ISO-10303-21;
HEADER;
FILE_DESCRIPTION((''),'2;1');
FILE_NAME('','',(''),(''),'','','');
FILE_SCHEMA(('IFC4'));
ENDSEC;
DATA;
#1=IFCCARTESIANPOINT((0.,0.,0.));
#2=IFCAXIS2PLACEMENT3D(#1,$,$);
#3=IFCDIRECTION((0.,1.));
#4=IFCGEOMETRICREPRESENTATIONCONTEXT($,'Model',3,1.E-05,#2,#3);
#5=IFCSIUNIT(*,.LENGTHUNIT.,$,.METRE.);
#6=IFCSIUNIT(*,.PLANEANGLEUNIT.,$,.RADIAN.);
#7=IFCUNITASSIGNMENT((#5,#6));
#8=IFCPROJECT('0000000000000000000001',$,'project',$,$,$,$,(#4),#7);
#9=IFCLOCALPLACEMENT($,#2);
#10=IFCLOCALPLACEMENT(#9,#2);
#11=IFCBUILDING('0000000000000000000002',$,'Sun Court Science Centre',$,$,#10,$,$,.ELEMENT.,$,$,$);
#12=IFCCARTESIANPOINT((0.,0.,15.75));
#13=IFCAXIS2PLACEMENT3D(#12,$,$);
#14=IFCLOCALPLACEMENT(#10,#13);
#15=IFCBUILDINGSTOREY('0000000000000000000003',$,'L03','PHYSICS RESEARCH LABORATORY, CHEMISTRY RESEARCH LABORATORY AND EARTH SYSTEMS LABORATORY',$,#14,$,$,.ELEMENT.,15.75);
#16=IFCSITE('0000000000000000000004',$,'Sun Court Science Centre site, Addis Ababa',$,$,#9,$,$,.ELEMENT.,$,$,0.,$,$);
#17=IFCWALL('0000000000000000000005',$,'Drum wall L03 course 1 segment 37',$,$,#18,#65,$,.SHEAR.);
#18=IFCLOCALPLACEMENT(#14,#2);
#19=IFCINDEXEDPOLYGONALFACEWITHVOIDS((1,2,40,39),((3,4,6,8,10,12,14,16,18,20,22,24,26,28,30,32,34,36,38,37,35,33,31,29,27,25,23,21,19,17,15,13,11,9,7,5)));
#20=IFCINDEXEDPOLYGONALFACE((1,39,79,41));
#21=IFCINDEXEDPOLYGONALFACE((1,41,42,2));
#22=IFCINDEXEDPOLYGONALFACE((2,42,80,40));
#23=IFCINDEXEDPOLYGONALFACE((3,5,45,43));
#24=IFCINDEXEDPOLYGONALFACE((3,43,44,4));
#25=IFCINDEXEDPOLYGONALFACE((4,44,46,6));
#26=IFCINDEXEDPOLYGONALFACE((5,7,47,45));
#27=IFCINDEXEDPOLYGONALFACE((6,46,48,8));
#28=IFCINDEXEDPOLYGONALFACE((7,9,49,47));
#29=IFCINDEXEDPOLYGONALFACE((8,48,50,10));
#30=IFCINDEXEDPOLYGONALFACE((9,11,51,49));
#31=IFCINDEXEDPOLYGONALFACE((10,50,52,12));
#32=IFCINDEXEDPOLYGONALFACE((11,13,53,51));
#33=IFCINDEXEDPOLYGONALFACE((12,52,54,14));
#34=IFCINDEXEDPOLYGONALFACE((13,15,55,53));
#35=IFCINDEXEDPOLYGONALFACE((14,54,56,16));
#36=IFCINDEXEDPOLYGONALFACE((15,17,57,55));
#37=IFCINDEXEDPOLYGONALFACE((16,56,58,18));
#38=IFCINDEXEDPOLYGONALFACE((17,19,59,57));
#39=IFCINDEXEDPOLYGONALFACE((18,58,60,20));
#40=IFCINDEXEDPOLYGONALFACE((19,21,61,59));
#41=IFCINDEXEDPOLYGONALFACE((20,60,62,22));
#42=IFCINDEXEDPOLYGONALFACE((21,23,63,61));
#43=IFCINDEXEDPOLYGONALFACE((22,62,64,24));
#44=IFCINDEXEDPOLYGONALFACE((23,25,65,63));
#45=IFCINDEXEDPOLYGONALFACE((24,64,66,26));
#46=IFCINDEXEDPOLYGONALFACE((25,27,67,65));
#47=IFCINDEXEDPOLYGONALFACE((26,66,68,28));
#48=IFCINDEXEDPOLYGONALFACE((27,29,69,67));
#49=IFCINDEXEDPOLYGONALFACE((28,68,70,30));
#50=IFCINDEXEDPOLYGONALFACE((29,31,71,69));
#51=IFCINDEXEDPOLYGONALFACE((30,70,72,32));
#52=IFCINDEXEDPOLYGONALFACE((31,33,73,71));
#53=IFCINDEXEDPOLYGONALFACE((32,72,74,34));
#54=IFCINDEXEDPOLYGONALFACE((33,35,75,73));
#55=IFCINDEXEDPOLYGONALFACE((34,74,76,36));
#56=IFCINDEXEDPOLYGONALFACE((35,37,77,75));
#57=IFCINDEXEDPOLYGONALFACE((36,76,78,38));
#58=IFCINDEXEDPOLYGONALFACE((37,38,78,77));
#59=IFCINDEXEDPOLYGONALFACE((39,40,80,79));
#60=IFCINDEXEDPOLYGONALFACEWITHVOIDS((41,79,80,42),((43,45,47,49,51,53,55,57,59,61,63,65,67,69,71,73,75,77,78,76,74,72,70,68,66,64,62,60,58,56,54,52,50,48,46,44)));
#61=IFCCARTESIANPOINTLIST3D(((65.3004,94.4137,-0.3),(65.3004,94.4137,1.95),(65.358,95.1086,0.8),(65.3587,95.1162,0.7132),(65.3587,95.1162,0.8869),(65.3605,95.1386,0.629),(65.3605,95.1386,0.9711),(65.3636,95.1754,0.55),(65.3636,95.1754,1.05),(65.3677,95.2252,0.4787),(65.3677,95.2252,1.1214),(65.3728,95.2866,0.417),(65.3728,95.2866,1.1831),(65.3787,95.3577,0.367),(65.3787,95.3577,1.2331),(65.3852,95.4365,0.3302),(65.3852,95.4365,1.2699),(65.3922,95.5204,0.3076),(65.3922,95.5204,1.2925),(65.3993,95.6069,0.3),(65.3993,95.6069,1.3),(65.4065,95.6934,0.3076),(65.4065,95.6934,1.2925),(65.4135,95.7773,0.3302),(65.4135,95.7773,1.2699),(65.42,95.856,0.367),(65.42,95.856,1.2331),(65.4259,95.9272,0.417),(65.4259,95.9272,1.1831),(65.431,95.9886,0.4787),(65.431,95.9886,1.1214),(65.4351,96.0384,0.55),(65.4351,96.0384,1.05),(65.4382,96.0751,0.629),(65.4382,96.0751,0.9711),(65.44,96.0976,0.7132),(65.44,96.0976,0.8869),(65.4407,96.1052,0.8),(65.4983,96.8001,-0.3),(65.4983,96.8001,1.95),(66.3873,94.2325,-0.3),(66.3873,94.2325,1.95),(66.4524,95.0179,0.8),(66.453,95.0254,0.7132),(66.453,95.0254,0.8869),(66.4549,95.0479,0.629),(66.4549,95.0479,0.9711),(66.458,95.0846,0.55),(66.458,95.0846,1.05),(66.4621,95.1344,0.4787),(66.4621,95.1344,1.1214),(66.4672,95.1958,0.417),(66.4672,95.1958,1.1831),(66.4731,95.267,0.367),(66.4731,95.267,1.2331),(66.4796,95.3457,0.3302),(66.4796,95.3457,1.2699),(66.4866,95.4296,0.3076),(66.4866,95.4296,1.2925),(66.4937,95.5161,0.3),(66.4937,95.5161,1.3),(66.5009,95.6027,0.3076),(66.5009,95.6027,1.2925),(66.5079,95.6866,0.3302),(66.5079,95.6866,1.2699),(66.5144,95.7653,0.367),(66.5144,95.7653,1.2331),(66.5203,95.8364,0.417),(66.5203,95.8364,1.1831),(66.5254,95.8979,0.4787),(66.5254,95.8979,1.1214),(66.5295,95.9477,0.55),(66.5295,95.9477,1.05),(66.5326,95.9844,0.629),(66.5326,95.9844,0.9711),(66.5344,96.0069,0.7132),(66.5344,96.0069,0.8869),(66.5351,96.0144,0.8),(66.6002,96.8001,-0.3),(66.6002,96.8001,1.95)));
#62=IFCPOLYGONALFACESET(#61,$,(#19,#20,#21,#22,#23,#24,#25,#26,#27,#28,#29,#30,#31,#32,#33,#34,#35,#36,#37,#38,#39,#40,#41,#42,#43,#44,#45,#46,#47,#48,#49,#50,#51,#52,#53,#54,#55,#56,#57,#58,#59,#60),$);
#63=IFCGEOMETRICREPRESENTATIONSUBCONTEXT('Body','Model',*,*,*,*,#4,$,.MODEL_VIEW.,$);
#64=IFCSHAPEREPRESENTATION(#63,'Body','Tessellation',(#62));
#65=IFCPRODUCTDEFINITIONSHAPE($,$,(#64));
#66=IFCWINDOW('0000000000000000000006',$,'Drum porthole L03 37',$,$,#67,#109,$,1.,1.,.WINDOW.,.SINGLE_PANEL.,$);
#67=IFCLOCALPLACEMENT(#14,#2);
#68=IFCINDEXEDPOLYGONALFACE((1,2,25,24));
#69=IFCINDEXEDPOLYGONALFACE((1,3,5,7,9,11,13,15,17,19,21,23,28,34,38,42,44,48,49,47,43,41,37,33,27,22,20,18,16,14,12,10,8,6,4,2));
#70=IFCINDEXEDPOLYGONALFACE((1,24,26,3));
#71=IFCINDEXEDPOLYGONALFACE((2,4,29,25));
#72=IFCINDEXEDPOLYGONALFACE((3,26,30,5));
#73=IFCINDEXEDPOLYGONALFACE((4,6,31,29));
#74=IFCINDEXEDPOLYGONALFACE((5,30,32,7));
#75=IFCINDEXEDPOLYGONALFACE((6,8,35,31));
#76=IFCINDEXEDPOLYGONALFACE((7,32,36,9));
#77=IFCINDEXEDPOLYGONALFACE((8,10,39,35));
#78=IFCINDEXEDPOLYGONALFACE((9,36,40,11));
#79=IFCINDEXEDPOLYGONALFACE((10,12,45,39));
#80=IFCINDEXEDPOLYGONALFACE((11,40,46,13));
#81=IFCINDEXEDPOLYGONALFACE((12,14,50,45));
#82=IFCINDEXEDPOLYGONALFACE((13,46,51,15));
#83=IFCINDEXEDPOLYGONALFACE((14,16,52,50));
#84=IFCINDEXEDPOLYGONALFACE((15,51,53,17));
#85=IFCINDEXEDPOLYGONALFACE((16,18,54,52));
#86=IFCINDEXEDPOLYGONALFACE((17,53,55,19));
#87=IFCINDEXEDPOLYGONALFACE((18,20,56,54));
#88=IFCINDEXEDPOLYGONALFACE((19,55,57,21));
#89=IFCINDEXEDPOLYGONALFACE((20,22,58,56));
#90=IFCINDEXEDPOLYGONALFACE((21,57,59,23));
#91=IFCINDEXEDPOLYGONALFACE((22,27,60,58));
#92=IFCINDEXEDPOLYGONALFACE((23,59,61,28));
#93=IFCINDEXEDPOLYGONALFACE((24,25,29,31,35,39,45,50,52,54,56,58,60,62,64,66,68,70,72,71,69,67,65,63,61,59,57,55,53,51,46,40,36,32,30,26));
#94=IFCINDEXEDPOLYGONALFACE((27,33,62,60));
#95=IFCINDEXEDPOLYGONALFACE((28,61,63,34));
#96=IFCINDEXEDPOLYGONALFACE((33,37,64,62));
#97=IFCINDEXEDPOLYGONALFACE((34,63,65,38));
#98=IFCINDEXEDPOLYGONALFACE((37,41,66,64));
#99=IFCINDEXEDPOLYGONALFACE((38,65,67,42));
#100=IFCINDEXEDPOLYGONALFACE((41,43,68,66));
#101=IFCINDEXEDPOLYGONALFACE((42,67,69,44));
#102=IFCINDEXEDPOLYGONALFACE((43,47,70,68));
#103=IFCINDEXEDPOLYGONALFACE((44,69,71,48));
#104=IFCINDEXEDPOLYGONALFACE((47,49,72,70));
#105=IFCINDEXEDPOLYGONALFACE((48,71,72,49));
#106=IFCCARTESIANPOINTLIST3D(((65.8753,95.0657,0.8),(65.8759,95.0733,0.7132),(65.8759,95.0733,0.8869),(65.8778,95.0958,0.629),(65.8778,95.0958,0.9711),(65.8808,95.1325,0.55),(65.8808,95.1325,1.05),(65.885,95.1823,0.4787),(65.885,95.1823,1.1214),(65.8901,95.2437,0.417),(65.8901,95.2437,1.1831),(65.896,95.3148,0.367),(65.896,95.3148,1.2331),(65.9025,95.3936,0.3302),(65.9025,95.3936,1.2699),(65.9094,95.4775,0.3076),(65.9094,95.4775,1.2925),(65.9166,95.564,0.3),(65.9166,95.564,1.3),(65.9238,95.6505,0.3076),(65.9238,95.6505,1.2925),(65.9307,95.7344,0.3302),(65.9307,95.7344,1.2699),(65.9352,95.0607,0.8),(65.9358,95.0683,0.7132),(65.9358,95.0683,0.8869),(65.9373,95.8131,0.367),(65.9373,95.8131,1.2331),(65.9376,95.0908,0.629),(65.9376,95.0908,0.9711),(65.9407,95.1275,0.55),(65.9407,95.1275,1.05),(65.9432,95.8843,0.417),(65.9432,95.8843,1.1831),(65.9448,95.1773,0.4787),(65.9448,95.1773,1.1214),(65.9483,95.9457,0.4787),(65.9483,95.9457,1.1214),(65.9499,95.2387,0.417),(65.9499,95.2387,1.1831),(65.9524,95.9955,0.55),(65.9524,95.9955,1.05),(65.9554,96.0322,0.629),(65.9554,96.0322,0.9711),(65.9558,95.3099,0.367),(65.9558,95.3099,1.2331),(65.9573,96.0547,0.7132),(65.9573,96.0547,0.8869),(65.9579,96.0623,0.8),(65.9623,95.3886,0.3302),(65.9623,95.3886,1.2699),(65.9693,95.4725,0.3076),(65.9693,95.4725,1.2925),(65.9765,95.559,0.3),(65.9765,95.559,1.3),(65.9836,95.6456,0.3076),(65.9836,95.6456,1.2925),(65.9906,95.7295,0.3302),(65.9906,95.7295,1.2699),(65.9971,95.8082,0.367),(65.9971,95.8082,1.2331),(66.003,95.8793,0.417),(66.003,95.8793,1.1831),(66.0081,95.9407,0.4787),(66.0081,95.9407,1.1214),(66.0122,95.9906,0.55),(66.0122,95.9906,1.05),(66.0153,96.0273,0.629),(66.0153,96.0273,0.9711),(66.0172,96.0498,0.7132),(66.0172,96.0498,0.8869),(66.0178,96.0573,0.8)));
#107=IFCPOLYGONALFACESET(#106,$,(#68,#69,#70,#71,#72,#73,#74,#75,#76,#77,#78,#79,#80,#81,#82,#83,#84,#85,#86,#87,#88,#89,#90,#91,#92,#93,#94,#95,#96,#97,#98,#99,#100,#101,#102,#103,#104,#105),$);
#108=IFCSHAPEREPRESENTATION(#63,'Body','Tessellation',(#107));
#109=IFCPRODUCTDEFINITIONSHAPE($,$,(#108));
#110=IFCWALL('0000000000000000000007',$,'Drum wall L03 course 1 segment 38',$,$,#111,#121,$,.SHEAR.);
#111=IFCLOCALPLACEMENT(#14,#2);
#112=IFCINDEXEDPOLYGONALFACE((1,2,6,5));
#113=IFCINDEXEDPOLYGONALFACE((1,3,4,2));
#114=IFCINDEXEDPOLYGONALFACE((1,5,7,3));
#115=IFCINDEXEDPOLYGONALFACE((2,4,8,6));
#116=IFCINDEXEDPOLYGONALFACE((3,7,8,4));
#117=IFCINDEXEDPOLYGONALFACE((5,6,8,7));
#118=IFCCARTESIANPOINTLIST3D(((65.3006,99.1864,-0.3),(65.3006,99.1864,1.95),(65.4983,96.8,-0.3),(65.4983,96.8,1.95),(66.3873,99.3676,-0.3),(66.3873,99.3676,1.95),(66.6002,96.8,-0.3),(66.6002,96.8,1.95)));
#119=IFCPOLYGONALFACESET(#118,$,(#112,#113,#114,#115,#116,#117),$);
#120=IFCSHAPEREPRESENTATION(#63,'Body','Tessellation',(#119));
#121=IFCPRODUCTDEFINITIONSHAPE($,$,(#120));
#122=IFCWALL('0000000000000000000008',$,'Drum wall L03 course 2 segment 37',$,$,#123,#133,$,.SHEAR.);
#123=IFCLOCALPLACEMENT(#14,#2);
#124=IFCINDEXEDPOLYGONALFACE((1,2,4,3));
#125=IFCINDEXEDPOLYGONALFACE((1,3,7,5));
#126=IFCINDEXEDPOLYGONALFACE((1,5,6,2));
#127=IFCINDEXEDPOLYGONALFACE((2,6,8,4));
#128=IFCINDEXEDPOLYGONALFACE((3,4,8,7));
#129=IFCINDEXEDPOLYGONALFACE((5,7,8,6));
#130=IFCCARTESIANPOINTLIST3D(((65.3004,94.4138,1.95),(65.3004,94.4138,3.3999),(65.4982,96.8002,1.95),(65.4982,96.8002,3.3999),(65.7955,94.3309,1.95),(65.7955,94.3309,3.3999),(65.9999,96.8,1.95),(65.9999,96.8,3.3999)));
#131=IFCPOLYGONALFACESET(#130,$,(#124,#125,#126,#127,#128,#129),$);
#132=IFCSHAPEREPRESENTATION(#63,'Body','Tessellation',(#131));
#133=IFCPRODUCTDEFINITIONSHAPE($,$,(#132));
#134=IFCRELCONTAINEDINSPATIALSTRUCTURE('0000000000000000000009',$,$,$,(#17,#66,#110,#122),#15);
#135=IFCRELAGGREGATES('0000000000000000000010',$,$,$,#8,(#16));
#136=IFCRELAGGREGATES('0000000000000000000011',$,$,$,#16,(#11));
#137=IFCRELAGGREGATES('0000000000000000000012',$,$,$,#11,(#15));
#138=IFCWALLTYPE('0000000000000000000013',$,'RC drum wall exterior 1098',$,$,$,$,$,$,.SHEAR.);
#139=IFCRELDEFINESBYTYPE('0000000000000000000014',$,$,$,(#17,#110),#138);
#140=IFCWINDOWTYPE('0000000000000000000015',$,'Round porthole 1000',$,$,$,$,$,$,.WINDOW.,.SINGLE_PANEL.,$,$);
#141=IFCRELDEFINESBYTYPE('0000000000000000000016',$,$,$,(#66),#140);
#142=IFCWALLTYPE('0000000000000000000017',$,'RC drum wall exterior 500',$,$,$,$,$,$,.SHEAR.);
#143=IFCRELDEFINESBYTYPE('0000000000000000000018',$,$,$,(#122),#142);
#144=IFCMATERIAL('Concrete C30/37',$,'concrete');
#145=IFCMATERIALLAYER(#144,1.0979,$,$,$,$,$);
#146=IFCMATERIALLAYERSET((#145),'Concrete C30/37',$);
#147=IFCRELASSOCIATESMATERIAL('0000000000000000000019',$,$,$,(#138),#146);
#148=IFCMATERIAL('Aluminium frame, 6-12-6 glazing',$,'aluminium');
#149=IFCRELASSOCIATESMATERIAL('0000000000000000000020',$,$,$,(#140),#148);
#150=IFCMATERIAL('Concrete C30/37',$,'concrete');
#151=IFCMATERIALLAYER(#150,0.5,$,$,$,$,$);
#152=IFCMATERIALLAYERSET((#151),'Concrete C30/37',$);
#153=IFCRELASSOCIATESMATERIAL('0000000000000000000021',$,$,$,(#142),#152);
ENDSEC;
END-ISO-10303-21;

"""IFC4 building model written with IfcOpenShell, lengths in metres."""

from ifc_helpers import new_model, si_unit, direction, frame, frame_2d, origin, place, context, subcontext, project, spatial, polyline, circle, outline, extrude, material, layer, layer_set, type_object, element, fill, save


model = new_model("IFC4")

# Units and contexts
model_context = context("Model", 3, precision=1e-05, world=origin(), true_north=direction((0.0, 1.0)))
body_context = subcontext(model_context, "Body", "Model", "MODEL_VIEW")
ifc_project = project(units=[si_unit("LENGTHUNIT", "METRE"), si_unit("PLANEANGLEUNIT", "RADIAN")], contexts=[model_context])

# Site, building, storey
site_placement = place(None, origin())
site = spatial("IfcSite", under=ifc_project, at=site_placement, Name="Sun Court Science Centre site, Addis Ababa", CompositionType="ELEMENT", RefElevation=0.0)
building_placement = place(site_placement, origin())
building = spatial("IfcBuilding", under=site, at=building_placement, Name="Sun Court Science Centre", CompositionType="ELEMENT")
storey_placement = place(building_placement, frame((0.0, 0.0, 15.75)))
storey = spatial("IfcBuildingStorey", under=building, at=storey_placement, Name="L03", Description="PHYSICS RESEARCH LABORATORY, CHEMISTRY RESEARCH LABORATORY AND EARTH SYSTEMS LABORATORY", CompositionType="ELEMENT", Elevation=15.75)

# Wall, opening, window
ifc_material_1 = material(Name="Concrete C30/37", Category="concrete")
ifc_layer_1 = layer(ifc_material_1, 1.0979)
ifc_layer_set_1 = layer_set([ifc_layer_1], Name="Concrete C30/37")
wall_type_1 = type_object("IfcWallType", Name="RC drum wall exterior 1098", PredefinedType="SHEAR", material=ifc_layer_set_1)
wall_1_placement = place(storey_placement, frame((65.8401, 94.2776, -0.3), z_axis=(0.0, 0.0, 1.0), x_axis=(0.08263, 0.99658, 0.0)))
wall_1 = element("IfcWall", 1, at=wall_1_placement, inside=storey, type_object=wall_type_1, Name="Drum wall L03 course 1 segment 37", PredefinedType="SHEAR", context=body_context, shape_type="SweptSolid", body=[
    extrude(outline(polyline([(0.0002, -0.5491), (2.5767, -0.5491), (2.4856, 0.5491), (0.0911, 0.5491), (0.0002, -0.5491)])), origin(), (0.0, 0.0, 1.0), 2.25),
])
opening_1_placement = place(wall_1_placement, frame((0.7883, 0.0, 0.6001)))
opening_1 = element("IfcOpeningElement", 2, at=opening_1_placement, cuts=wall_1, PredefinedType="OPENING", context=body_context, shape_type="SweptSolid", body=[
    extrude(circle(Radius=0.5, at=frame_2d((0.5, 0.5))), frame((0.0, 0.5588, 0.0), z_axis=(0.0, -1.0, 0.0), x_axis=(1.0, 0.0, 0.0)), (0.0, 0.0, 1.0), 1.1179),
])
ifc_material_2 = material(Name="Aluminium frame, 6-12-6 glazing", Category="aluminium")
window_type = type_object("IfcWindowType", Name="Round porthole 1000", PartitioningType="SINGLE_PANEL", PredefinedType="WINDOW", material=ifc_material_2)
window_1_placement = place(opening_1_placement, origin())
window_1 = element("IfcWindow", 3, at=window_1_placement, inside=storey, type_object=window_type, Name="Drum porthole L03 37", OverallHeight=1.0, OverallWidth=1.0, PartitioningType="SINGLE_PANEL", PredefinedType="WINDOW", context=body_context, shape_type="SweptSolid", body=[
    extrude(circle(Radius=0.5, at=frame_2d((0.5, 0.5))), frame((0.0, 0.03, 0.0), z_axis=(0.0, -1.0, 0.0), x_axis=(1.0, 0.0, 0.0)), (0.0, 0.0, 1.0), 0.0601),
])
fill(opening_1, window_1)

# Walls
wall_2_placement = place(storey_placement, frame((66.053, 96.7546, -0.3), z_axis=(0.0, 0.0, 1.0), x_axis=(-0.08263, 0.99658, 0.0)))
element("IfcWall", 4, at=wall_2_placement, inside=storey, type_object=wall_type_1, Name="Drum wall L03 course 1 segment 38", PredefinedType="SHEAR", context=body_context, shape_type="SweptSolid", body=[
    extrude(outline(polyline([(0.0, -0.5491), (2.5764, -0.5491), (2.4856, 0.5488), (0.0911, 0.5491), (0.0, -0.5491)])), origin(), (0.0, 0.0, 1.0), 2.25),
])
ifc_material_3 = material(Name="Concrete C30/37", Category="concrete")
ifc_layer_2 = layer(ifc_material_3, 0.5)
ifc_layer_set_2 = layer_set([ifc_layer_2], Name="Concrete C30/37")
wall_type_2 = type_object("IfcWallType", Name="RC drum wall exterior 500", PredefinedType="SHEAR", material=ifc_layer_set_2)
wall_3_placement = place(storey_placement, frame((65.5464, 94.3518, 1.95), z_axis=(0.0, 0.0, 1.0), x_axis=(0.082491, 0.996592, 0.0)))
element("IfcWall", 5, at=wall_3_placement, inside=storey, type_object=wall_type_2, Name="Drum wall L03 course 2 segment 37", PredefinedType="SHEAR", context=body_context, shape_type="SweptSolid", body=[
    extrude(outline(polyline([(-0.0002, -0.25), (2.4773, -0.25), (2.436, 0.25), (0.0415, 0.2502), (-0.0002, -0.25)])), origin(), (0.0, 0.0, 1.0), 1.45),
])

save(model, "model.ifc")
